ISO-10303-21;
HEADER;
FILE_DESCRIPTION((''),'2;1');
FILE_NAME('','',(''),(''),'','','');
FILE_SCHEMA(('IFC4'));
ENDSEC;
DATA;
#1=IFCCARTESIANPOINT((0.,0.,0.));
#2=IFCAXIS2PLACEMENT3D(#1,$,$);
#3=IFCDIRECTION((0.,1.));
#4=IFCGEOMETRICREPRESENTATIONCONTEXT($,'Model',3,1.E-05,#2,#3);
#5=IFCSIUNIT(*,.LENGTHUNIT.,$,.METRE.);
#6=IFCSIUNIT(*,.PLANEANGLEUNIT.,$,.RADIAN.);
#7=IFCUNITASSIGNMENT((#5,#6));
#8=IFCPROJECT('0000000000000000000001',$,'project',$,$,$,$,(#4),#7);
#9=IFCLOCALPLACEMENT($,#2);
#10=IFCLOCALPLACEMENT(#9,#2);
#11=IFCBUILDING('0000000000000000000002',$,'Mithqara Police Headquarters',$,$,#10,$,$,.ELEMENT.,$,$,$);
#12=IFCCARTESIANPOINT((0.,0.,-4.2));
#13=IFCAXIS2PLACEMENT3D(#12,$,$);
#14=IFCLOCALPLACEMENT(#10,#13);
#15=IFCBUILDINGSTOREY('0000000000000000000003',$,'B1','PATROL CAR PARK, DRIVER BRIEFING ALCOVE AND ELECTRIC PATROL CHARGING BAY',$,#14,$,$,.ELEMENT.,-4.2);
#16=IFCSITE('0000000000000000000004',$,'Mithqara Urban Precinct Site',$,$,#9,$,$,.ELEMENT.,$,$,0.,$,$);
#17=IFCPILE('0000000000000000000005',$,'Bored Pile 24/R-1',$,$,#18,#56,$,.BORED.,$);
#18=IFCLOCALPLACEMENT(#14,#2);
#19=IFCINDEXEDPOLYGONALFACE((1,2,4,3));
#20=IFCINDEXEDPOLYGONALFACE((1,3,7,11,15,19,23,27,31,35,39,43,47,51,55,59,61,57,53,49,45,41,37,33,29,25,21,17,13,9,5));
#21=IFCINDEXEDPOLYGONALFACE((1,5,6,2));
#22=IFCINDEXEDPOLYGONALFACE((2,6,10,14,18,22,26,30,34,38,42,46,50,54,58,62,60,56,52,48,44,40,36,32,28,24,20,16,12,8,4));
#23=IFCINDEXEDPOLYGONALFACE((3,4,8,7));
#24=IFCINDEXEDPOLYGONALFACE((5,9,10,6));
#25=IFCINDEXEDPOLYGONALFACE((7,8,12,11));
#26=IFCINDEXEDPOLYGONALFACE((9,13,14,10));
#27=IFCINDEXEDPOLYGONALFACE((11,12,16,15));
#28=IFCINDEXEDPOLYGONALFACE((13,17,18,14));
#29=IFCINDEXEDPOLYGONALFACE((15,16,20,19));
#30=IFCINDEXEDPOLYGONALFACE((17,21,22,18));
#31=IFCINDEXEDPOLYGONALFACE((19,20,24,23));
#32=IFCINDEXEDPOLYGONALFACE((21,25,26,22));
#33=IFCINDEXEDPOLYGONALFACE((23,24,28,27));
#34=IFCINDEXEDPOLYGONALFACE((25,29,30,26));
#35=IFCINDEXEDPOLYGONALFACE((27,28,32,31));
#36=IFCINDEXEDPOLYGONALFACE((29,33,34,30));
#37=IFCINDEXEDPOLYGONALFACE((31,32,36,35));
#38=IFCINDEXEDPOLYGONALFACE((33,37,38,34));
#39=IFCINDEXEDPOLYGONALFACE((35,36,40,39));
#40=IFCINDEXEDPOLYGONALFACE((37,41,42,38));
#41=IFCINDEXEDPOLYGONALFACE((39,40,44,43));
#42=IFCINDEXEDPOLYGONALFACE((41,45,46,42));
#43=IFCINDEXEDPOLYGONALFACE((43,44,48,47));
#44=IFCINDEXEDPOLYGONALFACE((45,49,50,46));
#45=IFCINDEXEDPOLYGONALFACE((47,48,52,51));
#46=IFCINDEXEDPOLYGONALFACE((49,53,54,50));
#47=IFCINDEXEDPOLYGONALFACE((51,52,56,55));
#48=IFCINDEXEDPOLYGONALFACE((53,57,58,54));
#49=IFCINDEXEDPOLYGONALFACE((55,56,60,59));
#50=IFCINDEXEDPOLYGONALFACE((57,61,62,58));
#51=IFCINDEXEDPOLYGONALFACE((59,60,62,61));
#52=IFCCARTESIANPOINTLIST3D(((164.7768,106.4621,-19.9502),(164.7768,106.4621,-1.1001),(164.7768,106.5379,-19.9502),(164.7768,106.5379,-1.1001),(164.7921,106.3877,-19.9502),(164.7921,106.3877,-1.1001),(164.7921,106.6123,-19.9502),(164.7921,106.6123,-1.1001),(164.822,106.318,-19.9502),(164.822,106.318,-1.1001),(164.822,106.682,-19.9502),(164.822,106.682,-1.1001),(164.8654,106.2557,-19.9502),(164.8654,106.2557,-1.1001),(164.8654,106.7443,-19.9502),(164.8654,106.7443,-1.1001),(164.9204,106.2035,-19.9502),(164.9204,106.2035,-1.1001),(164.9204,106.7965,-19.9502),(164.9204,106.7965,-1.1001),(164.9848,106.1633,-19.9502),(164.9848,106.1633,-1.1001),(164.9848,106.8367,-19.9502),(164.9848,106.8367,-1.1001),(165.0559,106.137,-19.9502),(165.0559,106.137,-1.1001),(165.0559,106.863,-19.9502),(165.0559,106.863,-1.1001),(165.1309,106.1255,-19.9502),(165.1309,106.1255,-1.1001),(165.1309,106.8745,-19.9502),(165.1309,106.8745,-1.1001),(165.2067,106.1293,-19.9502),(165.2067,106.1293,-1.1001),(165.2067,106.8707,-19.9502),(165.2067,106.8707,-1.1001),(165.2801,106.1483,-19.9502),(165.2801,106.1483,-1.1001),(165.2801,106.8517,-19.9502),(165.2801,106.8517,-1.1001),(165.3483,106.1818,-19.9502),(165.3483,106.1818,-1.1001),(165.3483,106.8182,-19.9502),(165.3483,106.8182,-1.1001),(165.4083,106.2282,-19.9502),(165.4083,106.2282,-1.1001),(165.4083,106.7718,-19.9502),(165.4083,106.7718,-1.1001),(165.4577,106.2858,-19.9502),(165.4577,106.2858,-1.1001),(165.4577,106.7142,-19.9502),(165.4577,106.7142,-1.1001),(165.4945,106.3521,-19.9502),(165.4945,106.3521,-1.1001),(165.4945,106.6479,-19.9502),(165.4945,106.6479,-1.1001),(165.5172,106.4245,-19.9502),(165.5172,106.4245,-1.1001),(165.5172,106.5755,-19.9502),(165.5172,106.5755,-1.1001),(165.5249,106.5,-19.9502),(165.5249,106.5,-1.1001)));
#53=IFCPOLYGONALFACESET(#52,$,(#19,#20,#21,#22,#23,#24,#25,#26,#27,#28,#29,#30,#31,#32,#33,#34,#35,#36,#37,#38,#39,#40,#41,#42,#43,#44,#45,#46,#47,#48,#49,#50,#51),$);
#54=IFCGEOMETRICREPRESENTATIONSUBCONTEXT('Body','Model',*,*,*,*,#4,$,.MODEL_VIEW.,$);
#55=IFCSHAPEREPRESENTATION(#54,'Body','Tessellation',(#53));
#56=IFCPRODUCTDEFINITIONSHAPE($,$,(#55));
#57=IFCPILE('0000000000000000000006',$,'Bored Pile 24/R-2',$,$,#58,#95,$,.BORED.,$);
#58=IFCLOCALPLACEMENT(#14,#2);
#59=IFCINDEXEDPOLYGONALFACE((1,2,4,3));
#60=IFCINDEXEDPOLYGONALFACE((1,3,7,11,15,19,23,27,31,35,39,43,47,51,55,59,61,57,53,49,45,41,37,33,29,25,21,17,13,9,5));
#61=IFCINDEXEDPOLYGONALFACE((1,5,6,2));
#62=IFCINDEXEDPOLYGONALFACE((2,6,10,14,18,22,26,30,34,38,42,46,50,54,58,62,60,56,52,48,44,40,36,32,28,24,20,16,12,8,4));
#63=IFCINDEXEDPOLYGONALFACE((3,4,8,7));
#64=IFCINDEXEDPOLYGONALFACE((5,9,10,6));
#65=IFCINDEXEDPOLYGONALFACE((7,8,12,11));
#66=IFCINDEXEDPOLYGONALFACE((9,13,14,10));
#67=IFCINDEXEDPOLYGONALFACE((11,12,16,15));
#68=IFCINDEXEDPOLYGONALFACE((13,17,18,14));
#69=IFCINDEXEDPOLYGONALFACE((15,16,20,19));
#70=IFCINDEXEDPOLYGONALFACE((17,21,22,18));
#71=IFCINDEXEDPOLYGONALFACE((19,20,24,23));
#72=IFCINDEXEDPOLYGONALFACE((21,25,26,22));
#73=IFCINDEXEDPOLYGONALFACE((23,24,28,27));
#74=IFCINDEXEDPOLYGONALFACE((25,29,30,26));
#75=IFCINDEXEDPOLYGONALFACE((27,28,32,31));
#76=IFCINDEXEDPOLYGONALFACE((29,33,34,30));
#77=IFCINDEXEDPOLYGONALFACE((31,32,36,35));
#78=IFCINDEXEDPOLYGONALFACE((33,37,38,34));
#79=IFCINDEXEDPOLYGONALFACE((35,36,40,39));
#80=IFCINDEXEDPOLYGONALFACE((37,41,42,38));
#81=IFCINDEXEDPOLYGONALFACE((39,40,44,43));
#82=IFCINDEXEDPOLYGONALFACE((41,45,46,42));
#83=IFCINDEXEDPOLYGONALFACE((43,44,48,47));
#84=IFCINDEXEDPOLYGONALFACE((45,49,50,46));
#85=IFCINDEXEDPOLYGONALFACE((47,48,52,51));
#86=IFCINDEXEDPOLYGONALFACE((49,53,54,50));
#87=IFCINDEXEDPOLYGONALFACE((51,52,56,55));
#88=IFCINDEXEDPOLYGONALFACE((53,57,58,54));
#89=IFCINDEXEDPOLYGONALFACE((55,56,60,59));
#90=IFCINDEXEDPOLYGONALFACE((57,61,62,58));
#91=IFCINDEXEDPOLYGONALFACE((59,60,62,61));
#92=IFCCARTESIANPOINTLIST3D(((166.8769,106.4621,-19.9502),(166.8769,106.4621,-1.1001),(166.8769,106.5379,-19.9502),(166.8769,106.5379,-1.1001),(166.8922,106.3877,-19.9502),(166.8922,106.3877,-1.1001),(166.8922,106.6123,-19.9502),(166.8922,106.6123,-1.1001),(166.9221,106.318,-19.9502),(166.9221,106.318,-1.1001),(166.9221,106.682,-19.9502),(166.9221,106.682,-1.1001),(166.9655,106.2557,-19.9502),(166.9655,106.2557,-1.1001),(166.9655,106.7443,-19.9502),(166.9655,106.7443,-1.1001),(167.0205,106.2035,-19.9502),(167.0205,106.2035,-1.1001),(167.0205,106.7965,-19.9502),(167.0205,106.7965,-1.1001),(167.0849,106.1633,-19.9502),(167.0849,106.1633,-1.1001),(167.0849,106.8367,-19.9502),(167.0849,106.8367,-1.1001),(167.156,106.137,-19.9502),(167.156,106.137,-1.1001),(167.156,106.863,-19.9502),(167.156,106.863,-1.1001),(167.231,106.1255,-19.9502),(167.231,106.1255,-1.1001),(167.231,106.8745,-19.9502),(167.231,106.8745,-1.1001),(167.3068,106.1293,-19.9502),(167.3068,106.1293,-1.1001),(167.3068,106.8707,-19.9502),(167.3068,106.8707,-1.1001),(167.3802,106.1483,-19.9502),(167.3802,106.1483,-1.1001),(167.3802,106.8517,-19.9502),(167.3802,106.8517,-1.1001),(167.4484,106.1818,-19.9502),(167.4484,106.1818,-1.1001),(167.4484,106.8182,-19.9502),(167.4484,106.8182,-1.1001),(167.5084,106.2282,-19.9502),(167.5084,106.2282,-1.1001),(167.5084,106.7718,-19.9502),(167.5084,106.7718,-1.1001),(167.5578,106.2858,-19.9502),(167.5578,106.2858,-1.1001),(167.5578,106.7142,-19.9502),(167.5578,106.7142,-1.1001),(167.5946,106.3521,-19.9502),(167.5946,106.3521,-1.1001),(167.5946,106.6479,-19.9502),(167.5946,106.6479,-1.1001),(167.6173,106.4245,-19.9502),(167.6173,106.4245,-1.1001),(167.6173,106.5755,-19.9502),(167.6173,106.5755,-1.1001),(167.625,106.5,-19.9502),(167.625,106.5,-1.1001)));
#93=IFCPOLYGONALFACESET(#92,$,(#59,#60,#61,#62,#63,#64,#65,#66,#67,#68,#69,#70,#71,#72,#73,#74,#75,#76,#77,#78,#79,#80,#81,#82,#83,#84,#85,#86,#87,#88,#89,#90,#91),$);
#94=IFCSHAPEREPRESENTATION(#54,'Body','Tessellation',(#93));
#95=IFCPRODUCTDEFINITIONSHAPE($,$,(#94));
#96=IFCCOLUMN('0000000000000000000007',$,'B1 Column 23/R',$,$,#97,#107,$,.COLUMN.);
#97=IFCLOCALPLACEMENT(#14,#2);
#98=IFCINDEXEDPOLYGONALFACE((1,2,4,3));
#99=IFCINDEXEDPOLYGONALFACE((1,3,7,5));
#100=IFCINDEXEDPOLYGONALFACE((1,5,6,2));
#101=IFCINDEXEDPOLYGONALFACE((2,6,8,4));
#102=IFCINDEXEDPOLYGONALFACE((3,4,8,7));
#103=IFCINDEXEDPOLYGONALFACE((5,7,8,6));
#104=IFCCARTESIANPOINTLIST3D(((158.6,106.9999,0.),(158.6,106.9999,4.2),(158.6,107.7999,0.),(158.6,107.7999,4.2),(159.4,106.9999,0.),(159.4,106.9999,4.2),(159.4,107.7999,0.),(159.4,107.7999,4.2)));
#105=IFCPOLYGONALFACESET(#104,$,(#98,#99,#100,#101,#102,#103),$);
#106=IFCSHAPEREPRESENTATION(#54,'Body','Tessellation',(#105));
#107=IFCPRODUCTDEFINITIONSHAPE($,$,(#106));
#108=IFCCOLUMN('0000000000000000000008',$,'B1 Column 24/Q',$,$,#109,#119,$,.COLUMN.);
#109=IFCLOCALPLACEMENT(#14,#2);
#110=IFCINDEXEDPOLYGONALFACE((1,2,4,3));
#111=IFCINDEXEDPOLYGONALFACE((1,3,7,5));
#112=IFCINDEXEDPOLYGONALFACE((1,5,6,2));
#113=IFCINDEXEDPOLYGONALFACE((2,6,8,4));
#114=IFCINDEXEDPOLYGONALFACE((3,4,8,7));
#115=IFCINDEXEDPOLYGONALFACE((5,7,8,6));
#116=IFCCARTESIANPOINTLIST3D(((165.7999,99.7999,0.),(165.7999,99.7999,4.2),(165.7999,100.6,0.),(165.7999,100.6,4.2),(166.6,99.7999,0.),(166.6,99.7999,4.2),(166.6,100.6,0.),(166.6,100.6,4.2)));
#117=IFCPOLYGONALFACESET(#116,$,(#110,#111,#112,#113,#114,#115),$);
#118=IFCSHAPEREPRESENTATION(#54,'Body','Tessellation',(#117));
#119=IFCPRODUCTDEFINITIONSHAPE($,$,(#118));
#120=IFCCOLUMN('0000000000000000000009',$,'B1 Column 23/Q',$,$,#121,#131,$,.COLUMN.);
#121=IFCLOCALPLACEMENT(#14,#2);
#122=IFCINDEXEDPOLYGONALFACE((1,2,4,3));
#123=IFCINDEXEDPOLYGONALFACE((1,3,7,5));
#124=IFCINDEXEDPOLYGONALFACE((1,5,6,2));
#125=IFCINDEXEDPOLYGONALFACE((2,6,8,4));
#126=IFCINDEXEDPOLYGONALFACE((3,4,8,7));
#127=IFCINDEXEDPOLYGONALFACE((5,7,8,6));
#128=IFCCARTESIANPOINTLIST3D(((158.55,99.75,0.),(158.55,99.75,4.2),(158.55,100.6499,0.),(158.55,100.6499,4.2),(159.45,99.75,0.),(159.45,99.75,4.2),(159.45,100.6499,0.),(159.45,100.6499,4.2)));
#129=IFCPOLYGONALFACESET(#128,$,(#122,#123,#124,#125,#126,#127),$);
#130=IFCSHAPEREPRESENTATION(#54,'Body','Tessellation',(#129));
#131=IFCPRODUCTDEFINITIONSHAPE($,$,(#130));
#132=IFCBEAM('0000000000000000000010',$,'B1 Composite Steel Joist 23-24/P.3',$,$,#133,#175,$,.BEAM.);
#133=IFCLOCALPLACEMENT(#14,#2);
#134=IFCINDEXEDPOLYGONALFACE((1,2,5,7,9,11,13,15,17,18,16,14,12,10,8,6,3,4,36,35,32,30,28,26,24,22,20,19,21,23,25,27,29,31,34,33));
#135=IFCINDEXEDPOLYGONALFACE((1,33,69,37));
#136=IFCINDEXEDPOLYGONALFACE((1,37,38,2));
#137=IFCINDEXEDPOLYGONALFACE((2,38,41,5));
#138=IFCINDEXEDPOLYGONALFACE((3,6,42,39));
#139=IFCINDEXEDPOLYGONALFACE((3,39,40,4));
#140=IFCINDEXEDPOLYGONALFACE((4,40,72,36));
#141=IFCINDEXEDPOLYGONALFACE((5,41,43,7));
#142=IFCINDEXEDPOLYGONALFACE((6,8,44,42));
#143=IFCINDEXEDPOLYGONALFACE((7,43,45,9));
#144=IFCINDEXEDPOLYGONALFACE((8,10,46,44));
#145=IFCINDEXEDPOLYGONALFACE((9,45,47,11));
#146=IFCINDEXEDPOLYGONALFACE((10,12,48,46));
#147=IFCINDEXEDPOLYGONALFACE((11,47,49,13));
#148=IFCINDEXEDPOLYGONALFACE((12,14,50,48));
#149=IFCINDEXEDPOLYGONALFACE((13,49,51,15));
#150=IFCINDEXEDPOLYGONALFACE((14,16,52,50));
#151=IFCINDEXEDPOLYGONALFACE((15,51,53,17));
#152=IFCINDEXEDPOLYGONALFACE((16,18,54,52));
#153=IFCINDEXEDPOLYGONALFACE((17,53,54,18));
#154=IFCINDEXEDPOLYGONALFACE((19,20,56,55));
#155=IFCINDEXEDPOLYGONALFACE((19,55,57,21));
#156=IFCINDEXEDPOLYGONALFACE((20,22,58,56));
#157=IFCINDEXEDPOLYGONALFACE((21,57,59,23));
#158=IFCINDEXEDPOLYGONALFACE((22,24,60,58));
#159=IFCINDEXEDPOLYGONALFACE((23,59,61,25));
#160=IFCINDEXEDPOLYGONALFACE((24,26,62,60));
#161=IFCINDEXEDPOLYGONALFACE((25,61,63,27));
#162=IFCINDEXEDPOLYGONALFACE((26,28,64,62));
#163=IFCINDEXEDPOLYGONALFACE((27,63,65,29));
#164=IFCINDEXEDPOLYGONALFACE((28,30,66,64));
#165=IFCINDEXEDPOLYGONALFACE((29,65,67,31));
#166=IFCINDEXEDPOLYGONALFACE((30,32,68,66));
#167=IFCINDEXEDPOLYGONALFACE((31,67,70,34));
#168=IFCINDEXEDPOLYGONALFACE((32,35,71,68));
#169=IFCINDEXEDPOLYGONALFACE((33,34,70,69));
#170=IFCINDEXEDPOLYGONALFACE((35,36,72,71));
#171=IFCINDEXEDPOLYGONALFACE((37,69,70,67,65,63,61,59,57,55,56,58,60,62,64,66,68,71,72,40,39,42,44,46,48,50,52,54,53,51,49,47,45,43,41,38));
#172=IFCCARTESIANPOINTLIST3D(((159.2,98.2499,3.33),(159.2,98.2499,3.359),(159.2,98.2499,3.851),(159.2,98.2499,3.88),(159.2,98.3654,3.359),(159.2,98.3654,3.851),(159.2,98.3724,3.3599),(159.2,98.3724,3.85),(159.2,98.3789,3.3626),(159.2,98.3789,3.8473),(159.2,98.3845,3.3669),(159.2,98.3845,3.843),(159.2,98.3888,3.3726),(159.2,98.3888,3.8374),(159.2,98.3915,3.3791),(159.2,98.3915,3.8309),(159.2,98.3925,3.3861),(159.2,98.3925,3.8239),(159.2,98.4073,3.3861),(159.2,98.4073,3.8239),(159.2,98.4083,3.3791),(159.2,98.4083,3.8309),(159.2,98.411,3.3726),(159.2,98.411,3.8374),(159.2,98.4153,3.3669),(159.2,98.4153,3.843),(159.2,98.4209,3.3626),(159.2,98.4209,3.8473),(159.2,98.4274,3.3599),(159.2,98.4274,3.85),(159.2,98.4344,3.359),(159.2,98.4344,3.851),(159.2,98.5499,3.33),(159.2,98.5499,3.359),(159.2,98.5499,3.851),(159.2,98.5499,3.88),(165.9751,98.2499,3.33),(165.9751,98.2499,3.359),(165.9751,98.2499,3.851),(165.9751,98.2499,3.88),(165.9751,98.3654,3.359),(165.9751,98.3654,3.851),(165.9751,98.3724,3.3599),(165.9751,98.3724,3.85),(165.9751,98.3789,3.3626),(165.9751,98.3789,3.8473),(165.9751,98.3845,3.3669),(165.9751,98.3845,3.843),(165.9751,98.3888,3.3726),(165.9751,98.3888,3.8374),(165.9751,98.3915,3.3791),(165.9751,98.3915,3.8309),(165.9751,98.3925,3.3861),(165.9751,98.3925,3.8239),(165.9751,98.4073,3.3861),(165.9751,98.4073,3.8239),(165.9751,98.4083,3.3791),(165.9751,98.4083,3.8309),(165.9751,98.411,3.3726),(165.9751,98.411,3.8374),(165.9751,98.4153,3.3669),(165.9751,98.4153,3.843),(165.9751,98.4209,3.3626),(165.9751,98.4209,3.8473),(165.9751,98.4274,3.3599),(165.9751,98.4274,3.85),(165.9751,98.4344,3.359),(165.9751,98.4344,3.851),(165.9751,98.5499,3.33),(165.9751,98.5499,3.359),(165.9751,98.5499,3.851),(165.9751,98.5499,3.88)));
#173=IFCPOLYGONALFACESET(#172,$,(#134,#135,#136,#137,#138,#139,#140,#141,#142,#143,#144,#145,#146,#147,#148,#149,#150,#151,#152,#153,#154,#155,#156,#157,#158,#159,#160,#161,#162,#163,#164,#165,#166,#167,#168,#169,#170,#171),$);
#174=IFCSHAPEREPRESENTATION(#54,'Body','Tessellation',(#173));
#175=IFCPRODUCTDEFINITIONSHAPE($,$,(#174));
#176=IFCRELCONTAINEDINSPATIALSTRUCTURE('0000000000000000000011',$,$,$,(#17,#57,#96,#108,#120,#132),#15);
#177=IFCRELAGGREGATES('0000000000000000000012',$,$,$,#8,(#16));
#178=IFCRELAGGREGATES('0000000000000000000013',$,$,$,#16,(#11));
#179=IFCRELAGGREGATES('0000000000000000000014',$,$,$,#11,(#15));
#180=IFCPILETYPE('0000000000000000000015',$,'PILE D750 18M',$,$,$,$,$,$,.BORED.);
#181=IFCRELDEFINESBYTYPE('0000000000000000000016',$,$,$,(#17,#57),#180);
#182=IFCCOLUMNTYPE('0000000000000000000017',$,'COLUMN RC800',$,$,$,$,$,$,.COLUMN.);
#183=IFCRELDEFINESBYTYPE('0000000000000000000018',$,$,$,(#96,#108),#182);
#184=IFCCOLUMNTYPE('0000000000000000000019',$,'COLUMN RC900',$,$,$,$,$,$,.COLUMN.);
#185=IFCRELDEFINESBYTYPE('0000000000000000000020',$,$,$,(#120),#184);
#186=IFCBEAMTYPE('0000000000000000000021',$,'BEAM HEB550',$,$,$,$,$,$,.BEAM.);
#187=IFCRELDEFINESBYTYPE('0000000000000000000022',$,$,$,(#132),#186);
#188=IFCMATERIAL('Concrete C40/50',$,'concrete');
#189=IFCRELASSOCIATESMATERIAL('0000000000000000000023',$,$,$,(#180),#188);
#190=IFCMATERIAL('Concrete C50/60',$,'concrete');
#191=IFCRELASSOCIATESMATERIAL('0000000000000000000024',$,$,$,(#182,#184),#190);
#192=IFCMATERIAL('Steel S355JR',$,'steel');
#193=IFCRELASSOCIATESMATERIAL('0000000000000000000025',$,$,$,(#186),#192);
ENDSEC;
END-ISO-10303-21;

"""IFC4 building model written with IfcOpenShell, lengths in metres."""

from ifc_helpers import new_model, si_unit, direction, frame, origin, origin_2d, place, context, subcontext, project, spatial, rectangle, circle, i_section, extrude, material, material_profile, profile_set, type_object, element, save


model = new_model("IFC4")

# Units and contexts
model_context = context("Model", 3, precision=1e-05, world=origin(), true_north=direction((0.0, 1.0)))
body_context = subcontext(model_context, "Body", "Model", "MODEL_VIEW")
ifc_project = project(units=[si_unit("LENGTHUNIT", "METRE"), si_unit("PLANEANGLEUNIT", "RADIAN")], contexts=[model_context])

# Site, building, storey
site_placement = place(None, origin())
site = spatial("IfcSite", under=ifc_project, at=site_placement, Name="Mithqara Urban Precinct Site", CompositionType="ELEMENT", RefElevation=0.0)
building_placement = place(site_placement, origin())
building = spatial("IfcBuilding", under=site, at=building_placement, Name="Mithqara Police Headquarters", CompositionType="ELEMENT")
storey_placement = place(building_placement, frame((0.0, 0.0, -4.2)))
storey = spatial("IfcBuildingStorey", under=building, at=storey_placement, Name="B1", Description="PATROL CAR PARK, DRIVER BRIEFING ALCOVE AND ELECTRIC PATROL CHARGING BAY", CompositionType="ELEMENT", Elevation=-4.2)

# Shared definitions
ifc_material_1 = material(Name="Concrete C40/50", Category="concrete")

# Piles
ifc_material_profile_1 = material_profile(ifc_material_1, circle(Radius=0.375, at=origin_2d()), Name="PILE D750")
ifc_profile_set_1 = profile_set([ifc_material_profile_1], Name="Concrete C40/50")
pile_type = type_object("IfcPileType", Name="PILE D750 18M", PredefinedType="BORED", material=ifc_profile_set_1)
for number, where, z_axis, x_axis, name in (
    (1, (165.1499, 106.5, -1.1001), (0.0, 0.0, -1.0), (1.0, 0.0, 0.0), "Bored Pile 24/R-1"),
    (2, (167.25, 106.5, -1.1001), (0.0, 0.0, -1.0), (1.0, 0.0, 0.0), "Bored Pile 24/R-2"),
):
    element("IfcPile", number, at=place(storey_placement, frame(where, z_axis=z_axis, x_axis=x_axis)), inside=storey, type_object=pile_type, Name=name, PredefinedType="BORED", context=body_context, shape_type="SweptSolid", body=[
        extrude(circle(Radius=0.375, at=origin_2d()), origin(), (0.0, 0.0, 1.0), 18.8501),
    ])

# Columns
ifc_material_2 = material(Name="Concrete C50/60", Category="concrete")
ifc_material_profile_2 = material_profile(ifc_material_2, rectangle(XDim=0.8, YDim=0.8, at=origin_2d()), Name="RC 800x800")
ifc_profile_set_2 = profile_set([ifc_material_profile_2], Name="Concrete C50/60")
column_type_1 = type_object("IfcColumnType", Name="COLUMN RC800", PredefinedType="COLUMN", material=ifc_profile_set_2)
for number, where, z_axis, x_axis, name in (
    (3, (159.0, 107.3999, 0.0), (0.0, 0.0, 1.0), (1.0, 0.0, 0.0), "B1 Column 23/R"),
    (4, (166.2, 100.2, 0.0), (0.0, 0.0, 1.0), (1.0, 0.0, 0.0), "B1 Column 24/Q"),
):
    element("IfcColumn", number, at=place(storey_placement, frame(where, z_axis=z_axis, x_axis=x_axis)), inside=storey, type_object=column_type_1, Name=name, PredefinedType="COLUMN", context=body_context, shape_type="SweptSolid", body=[
        extrude(rectangle(XDim=0.8, YDim=0.8, at=origin_2d()), origin(), (0.0, 0.0, 1.0), 4.2),
    ])
ifc_material_profile_3 = material_profile(ifc_material_2, rectangle(XDim=0.8999, YDim=0.8999, at=origin_2d()), Name="RC 900x900")
ifc_profile_set_3 = profile_set([ifc_material_profile_3], Name="Concrete C50/60")
column_type_2 = type_object("IfcColumnType", Name="COLUMN RC900", PredefinedType="COLUMN", material=ifc_profile_set_3)
column_placement = place(storey_placement, frame((159.0, 100.2, 0.0), z_axis=(0.0, 0.0, 1.0), x_axis=(1.0, 0.0, 0.0)))
element("IfcColumn", 5, at=column_placement, inside=storey, type_object=column_type_2, Name="B1 Column 23/Q", PredefinedType="COLUMN", context=body_context, shape_type="SweptSolid", body=[
    extrude(rectangle(XDim=0.8999, YDim=0.8999, at=origin_2d()), origin(), (0.0, 0.0, 1.0), 4.2),
])

# Beam
ifc_material_3 = material(Name="Steel S355JR", Category="steel")
ifc_material_profile_4 = material_profile(ifc_material_3, i_section(OverallWidth=0.3, OverallDepth=0.55, WebThickness=0.0149, FlangeThickness=0.0291, FilletRadius=0.0271, at=origin_2d()), Name="HEB 550")
ifc_profile_set_4 = profile_set([ifc_material_profile_4], Name="Steel S355JR")
beam_type_1 = type_object("IfcBeamType", Name="BEAM HEB550", PredefinedType="BEAM", material=ifc_profile_set_4)
beam_1_placement = place(storey_placement, frame((159.2, 98.3999, 3.605), z_axis=(1.0, 0.0, 0.0), x_axis=(0.0, 1.0, 0.0)))
element("IfcBeam", 6, at=beam_1_placement, inside=storey, type_object=beam_type_1, Name="B1 Composite Steel Joist 23-24/P.3", PredefinedType="BEAM", context=body_context, shape_type="SweptSolid", body=[
    extrude(i_section(OverallWidth=0.3, OverallDepth=0.55, WebThickness=0.0149, FlangeThickness=0.0291, FilletRadius=0.0271, at=origin_2d()), origin(), (0.0, 0.0, 1.0), 6.7751),
])

save(model, "model.ifc")
